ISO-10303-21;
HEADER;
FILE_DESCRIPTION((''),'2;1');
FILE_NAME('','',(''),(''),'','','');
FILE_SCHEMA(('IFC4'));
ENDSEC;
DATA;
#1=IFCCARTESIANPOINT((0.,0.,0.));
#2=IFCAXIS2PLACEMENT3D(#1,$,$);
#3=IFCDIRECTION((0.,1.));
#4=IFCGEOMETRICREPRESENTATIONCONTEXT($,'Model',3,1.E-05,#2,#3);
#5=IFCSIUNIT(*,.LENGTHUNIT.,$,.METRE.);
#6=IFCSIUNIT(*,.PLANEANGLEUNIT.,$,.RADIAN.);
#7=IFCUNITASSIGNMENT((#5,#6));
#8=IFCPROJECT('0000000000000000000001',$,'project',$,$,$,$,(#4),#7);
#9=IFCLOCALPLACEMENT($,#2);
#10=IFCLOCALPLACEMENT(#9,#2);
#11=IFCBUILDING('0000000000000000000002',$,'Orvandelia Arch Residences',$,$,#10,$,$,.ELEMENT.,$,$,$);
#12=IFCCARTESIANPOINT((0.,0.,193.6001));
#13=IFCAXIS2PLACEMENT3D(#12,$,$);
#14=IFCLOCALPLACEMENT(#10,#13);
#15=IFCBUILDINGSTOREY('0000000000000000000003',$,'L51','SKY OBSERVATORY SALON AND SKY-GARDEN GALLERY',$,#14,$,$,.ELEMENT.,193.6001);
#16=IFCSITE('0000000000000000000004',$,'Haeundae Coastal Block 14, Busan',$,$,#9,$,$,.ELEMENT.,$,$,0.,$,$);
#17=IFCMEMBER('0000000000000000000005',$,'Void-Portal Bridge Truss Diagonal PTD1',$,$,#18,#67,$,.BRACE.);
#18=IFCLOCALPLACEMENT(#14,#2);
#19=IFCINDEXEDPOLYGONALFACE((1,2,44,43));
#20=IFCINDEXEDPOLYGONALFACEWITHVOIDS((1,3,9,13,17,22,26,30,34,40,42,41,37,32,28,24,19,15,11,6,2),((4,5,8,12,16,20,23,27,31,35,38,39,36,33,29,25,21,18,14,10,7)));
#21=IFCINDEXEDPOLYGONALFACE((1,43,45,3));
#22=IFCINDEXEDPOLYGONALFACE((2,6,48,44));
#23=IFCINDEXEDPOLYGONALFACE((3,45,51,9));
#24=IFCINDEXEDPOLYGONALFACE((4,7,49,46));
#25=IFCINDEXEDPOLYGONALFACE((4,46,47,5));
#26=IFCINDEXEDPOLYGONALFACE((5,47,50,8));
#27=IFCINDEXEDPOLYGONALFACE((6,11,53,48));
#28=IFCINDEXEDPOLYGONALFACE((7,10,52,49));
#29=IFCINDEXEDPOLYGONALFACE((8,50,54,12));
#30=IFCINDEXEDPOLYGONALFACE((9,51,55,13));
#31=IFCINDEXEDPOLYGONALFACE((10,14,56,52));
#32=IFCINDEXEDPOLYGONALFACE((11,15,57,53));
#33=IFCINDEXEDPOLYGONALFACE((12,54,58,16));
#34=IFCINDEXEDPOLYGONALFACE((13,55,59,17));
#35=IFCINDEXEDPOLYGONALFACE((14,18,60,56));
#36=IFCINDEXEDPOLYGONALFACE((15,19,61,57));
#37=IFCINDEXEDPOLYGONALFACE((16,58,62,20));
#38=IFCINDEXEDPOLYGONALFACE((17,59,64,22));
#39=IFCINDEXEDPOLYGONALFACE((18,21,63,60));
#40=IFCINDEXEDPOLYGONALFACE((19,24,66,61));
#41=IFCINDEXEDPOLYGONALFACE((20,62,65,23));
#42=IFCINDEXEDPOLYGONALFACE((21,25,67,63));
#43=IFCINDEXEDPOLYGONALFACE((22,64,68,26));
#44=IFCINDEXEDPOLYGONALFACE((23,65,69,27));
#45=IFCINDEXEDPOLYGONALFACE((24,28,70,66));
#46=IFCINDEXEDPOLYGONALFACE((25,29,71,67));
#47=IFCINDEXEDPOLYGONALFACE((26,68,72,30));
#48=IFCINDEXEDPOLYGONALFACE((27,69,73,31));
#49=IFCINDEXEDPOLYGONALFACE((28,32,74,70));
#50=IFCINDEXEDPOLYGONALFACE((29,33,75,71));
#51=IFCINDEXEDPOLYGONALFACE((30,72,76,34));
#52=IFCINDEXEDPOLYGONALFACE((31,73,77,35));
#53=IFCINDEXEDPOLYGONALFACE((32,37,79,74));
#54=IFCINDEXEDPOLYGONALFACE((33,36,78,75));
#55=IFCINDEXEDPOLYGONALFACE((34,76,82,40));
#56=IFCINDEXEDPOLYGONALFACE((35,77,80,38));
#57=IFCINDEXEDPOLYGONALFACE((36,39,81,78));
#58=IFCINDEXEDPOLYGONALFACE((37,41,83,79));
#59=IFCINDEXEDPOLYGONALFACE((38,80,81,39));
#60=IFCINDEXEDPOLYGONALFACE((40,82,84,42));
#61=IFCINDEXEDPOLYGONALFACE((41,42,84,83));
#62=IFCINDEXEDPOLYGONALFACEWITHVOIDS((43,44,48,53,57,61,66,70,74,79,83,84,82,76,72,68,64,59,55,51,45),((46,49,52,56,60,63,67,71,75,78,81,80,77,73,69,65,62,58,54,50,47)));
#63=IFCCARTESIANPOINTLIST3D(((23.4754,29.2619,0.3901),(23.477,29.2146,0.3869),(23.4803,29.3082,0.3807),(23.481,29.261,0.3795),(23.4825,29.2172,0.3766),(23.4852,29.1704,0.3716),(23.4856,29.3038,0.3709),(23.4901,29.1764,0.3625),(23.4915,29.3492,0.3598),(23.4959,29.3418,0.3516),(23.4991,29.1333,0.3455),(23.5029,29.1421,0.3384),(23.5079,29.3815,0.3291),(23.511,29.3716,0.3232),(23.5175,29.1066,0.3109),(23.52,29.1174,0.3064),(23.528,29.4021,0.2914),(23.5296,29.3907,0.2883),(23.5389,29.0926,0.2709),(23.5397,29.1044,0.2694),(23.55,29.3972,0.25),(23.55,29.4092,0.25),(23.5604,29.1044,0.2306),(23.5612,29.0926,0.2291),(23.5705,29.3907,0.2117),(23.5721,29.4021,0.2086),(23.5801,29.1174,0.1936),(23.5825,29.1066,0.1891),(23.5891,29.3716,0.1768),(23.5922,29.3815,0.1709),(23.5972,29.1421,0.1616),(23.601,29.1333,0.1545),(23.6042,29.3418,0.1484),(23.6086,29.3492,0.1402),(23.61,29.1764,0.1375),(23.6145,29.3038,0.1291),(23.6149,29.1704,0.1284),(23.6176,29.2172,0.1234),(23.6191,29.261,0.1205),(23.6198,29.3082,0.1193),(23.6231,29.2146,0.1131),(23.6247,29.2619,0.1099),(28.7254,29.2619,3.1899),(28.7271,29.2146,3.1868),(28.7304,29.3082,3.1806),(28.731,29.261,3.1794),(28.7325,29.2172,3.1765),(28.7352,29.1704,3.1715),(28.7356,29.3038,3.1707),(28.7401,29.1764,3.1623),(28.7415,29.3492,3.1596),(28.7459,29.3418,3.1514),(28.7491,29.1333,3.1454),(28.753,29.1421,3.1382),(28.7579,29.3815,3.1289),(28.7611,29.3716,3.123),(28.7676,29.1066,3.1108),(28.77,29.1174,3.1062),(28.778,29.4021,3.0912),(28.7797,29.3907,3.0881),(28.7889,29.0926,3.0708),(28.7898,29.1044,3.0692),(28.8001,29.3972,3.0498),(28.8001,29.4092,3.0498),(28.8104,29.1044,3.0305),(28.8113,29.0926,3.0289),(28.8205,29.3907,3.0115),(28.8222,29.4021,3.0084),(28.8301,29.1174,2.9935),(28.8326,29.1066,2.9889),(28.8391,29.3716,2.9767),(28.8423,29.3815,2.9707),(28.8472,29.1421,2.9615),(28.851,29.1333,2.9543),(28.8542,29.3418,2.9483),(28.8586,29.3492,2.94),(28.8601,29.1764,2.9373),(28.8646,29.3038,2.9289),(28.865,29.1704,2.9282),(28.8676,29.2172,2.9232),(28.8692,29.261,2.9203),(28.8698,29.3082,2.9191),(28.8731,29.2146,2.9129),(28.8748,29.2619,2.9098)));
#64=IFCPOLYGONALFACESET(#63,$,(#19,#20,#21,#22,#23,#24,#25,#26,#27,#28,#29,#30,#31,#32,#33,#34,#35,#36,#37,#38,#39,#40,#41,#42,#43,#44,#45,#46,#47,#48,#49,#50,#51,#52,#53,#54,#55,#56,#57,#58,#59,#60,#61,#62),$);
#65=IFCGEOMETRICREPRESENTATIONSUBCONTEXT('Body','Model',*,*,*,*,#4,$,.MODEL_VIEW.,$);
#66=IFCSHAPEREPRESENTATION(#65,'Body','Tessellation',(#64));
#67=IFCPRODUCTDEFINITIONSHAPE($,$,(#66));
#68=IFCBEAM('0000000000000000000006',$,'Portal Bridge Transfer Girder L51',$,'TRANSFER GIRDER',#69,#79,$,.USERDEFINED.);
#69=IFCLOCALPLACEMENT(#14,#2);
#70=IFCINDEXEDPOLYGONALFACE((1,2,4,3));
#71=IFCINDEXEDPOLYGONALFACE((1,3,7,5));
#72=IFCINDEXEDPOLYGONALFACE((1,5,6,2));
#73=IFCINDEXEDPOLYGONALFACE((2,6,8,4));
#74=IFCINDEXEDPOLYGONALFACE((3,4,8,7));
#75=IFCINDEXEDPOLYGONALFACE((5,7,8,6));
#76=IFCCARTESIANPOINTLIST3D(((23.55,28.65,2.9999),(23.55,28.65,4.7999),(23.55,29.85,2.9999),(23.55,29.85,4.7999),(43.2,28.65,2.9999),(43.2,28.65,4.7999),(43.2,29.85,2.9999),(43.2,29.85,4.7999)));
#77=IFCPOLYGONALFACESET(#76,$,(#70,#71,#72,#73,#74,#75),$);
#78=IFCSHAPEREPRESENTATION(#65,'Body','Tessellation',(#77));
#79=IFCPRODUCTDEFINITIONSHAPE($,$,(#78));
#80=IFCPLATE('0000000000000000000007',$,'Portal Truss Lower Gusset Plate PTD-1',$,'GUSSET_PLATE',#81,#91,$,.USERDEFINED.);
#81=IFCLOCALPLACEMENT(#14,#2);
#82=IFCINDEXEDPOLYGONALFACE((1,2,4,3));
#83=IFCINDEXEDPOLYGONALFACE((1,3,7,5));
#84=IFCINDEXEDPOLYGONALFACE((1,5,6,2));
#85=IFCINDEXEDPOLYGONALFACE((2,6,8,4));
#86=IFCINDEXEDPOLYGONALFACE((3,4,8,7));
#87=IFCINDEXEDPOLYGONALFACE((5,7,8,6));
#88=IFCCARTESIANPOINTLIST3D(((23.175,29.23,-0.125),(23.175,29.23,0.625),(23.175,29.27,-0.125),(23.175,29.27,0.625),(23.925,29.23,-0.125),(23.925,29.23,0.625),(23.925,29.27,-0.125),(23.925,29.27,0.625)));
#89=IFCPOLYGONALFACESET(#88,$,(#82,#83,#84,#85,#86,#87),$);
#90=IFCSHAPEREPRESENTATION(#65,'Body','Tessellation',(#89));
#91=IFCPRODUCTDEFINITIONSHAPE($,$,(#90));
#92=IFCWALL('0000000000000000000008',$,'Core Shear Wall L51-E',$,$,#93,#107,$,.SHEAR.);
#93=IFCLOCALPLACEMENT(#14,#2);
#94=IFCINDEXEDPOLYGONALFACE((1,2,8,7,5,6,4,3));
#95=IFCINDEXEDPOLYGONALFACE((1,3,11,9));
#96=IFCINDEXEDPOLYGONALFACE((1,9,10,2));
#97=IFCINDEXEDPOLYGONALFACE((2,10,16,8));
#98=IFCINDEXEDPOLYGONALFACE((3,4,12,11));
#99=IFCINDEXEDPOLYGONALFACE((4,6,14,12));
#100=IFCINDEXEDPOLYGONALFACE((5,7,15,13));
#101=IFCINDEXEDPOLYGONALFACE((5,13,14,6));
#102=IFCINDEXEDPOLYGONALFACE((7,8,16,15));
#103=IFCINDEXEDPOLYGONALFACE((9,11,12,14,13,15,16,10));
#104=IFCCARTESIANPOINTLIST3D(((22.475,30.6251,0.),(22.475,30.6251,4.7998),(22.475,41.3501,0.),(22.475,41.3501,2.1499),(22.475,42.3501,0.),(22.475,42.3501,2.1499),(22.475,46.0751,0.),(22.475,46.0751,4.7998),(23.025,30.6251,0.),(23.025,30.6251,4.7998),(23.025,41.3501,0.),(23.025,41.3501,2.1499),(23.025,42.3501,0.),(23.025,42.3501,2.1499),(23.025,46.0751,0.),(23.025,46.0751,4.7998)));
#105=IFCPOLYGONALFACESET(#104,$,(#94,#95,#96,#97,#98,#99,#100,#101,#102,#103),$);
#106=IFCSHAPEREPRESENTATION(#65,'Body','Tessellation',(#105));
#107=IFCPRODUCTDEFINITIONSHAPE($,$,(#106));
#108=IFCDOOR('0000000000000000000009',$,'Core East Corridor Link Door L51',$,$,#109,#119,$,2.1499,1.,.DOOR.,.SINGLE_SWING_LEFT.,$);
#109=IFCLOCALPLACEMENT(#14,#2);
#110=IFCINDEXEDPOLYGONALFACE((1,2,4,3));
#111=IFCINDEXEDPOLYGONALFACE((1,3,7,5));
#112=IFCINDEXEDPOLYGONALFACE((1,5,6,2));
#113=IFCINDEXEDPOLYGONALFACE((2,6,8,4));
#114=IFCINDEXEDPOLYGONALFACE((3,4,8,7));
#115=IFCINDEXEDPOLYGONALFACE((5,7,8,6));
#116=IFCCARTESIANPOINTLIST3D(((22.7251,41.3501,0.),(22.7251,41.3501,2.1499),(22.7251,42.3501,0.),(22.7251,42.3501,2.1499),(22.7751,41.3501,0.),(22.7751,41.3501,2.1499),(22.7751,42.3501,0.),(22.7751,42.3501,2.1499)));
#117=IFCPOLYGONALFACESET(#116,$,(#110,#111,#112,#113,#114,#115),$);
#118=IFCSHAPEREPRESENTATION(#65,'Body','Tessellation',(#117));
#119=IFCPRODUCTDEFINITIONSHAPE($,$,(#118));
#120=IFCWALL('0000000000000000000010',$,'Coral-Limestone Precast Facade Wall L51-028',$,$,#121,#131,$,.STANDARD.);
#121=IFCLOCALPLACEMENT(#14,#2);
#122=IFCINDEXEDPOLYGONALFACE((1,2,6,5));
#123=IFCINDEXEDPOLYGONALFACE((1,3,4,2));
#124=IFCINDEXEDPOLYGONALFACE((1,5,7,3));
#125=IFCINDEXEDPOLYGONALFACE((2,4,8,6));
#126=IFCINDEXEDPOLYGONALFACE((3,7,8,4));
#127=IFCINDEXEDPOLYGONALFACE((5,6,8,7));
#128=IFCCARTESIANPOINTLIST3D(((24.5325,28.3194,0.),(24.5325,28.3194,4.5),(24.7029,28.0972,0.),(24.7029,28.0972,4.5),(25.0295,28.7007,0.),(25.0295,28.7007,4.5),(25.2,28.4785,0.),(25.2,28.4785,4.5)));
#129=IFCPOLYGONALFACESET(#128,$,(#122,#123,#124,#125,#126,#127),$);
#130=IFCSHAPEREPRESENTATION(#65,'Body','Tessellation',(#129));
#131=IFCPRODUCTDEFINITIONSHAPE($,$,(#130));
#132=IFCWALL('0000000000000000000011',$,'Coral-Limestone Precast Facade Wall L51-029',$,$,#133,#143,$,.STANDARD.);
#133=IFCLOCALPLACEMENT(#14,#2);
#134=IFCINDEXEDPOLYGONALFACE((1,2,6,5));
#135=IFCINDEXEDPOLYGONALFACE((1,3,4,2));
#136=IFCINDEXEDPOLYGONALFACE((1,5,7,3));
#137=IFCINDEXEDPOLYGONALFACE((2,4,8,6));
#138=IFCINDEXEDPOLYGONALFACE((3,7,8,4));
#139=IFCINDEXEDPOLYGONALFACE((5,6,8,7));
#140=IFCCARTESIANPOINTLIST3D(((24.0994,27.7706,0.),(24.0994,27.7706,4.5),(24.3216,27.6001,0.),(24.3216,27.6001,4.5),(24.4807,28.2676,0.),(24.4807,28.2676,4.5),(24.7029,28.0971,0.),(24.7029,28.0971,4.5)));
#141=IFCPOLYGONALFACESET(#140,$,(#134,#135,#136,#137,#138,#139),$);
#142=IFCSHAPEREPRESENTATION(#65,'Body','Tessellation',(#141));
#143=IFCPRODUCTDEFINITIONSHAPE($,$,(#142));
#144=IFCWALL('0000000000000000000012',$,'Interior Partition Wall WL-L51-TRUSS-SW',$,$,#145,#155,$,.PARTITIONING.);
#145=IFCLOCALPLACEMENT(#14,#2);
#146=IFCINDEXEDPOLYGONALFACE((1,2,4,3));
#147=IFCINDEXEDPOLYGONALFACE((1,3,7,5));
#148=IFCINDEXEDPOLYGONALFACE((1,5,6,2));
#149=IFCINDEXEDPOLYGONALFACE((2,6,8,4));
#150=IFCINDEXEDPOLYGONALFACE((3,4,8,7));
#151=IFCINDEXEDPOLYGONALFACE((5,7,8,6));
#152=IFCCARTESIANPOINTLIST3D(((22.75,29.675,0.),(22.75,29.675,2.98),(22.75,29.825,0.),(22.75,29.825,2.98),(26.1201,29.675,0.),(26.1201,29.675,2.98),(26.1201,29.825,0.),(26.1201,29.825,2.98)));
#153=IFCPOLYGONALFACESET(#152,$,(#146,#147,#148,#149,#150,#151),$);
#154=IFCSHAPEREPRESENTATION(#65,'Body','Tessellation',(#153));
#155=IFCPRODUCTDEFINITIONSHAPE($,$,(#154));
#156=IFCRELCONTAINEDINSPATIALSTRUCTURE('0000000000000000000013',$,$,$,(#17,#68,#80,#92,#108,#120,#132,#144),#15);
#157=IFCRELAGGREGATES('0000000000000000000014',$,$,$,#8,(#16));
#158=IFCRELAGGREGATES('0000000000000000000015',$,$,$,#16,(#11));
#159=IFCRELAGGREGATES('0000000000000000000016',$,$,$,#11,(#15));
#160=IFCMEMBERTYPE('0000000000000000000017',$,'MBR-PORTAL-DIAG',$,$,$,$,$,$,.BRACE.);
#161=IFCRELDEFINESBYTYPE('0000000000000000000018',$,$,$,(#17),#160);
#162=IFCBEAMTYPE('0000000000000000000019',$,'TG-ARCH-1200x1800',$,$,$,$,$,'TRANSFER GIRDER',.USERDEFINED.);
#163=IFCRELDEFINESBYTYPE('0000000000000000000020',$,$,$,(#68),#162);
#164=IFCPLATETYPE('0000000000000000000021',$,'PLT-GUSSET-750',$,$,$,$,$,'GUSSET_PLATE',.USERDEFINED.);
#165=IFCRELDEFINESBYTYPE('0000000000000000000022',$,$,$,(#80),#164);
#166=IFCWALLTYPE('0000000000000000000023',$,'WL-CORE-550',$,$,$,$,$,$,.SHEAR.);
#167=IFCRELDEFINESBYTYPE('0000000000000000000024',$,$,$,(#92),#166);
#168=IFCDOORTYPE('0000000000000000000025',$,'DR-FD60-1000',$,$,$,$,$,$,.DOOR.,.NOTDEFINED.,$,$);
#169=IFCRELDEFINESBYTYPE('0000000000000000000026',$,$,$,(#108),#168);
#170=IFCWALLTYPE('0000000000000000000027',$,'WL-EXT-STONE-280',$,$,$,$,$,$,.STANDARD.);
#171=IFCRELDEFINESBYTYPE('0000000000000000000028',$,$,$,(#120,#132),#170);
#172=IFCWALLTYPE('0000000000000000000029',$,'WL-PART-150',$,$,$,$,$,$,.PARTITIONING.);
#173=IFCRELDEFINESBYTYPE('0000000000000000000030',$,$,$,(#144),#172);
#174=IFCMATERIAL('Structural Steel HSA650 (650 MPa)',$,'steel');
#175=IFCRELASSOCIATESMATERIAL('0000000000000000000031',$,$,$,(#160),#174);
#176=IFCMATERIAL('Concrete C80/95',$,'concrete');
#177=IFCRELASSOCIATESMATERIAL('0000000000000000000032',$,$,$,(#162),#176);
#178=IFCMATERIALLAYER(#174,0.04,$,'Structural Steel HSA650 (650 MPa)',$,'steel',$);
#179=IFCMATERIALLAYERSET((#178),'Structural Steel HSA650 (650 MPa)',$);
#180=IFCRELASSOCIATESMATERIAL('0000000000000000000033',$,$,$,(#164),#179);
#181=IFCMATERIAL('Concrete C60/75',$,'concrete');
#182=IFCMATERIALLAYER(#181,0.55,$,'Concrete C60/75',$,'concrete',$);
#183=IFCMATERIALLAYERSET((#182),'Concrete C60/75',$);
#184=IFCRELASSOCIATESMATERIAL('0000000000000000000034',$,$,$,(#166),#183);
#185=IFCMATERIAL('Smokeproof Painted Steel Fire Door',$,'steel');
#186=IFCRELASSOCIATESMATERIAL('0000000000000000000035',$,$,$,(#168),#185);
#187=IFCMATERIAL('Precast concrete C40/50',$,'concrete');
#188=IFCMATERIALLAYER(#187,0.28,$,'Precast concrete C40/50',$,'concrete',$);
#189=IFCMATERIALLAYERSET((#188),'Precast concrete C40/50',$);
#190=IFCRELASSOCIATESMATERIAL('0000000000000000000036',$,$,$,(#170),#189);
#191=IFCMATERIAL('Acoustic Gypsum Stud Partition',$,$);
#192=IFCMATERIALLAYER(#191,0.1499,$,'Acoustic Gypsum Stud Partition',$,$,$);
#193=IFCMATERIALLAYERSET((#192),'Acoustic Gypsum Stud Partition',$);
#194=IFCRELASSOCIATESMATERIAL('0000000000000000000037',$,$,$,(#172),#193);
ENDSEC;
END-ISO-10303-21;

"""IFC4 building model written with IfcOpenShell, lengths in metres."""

from ifc_helpers import new_model, si_unit, direction, frame, frame_2d, origin, origin_2d, place, context, subcontext, project, spatial, rectangle, hollow_circle, extrude, material, layer, layer_set, material_profile, profile_set, type_object, element, fill, save


model = new_model("IFC4")

# Units and contexts
model_context = context("Model", 3, precision=1e-05, world=origin(), true_north=direction((0.0, 1.0)))
body_context = subcontext(model_context, "Body", "Model", "MODEL_VIEW")
ifc_project = project(units=[si_unit("LENGTHUNIT", "METRE"), si_unit("PLANEANGLEUNIT", "RADIAN")], contexts=[model_context])

# Site, building, storey
site_placement = place(None, origin())
site = spatial("IfcSite", under=ifc_project, at=site_placement, Name="Haeundae Coastal Block 14, Busan", CompositionType="ELEMENT", RefElevation=0.0)
building_placement = place(site_placement, origin())
building = spatial("IfcBuilding", under=site, at=building_placement, Name="Orvandelia Arch Residences", CompositionType="ELEMENT")
storey_placement = place(building_placement, frame((0.0, 0.0, 193.6001)))
storey = spatial("IfcBuildingStorey", under=building, at=storey_placement, Name="L51", Description="SKY OBSERVATORY SALON AND SKY-GARDEN GALLERY", CompositionType="ELEMENT", Elevation=193.6001)

# Shared definitions
ifc_material_1 = material(Name="Concrete C60/75", Category="concrete")

# Member
ifc_material_2 = material(Name="Structural Steel HSA650 (650 MPa)", Category="steel")
ifc_material_profile_1 = material_profile(ifc_material_2, hollow_circle(Radius=0.1592, WallThickness=0.012, at=origin_2d()), Name="Structural Steel HSA650 (650 MPa)", Category="steel")
ifc_profile_set_1 = profile_set([ifc_material_profile_1], Name="Structural Steel HSA650 (650 MPa)")
member_type = type_object("IfcMemberType", Name="MBR-PORTAL-DIAG", PredefinedType="BRACE", material=ifc_profile_set_1)
member_placement = place(storey_placement, frame((23.55, 29.25, 0.25), z_axis=(0.882367, 0.0, 0.470563), x_axis=(0.0, 1.0, 0.0)))
element("IfcMember", 1, at=member_placement, inside=storey, type_object=member_type, Name="Void-Portal Bridge Truss Diagonal PTD1", PredefinedType="BRACE", context=body_context, shape_type="SweptSolid", body=[
    extrude(hollow_circle(Radius=0.1592, WallThickness=0.012, at=origin_2d()), origin(), (0.0, 0.0, 1.0), 5.95),
])

# Beam
ifc_material_3 = material(Name="Concrete C80/95", Category="concrete")
ifc_material_profile_2 = material_profile(ifc_material_3, rectangle(XDim=1.2, YDim=1.8, at=origin_2d()), Name="Concrete C80/95", Category="concrete")
ifc_profile_set_2 = profile_set([ifc_material_profile_2], Name="Concrete C80/95")
beam_type_1 = type_object("IfcBeamType", Name="TG-ARCH-1200x1800", ElementType="TRANSFER GIRDER", PredefinedType="USERDEFINED", material=ifc_profile_set_2)
beam_1_placement = place(storey_placement, frame((23.55, 29.25, 3.8999), z_axis=(1.0, 0.0, 0.0), x_axis=(0.0, 1.0, 0.0)))
element("IfcBeam", 2, at=beam_1_placement, inside=storey, type_object=beam_type_1, Name="Portal Bridge Transfer Girder L51", ObjectType="TRANSFER GIRDER", PredefinedType="USERDEFINED", context=body_context, shape_type="SweptSolid", body=[
    extrude(rectangle(XDim=1.2, YDim=1.8, at=origin_2d()), origin(), (0.0, 0.0, 1.0), 19.6499),
])

# Plate
ifc_layer_1 = layer(ifc_material_2, 0.04, Name="Structural Steel HSA650 (650 MPa)", Category="steel")
ifc_layer_set_1 = layer_set([ifc_layer_1], Name="Structural Steel HSA650 (650 MPa)")
plate_type = type_object("IfcPlateType", Name="PLT-GUSSET-750", ElementType="GUSSET_PLATE", PredefinedType="USERDEFINED", material=ifc_layer_set_1)
plate_placement = place(storey_placement, frame((23.55, 29.25, -0.125), z_axis=(0.0, 0.0, 1.0), x_axis=(1.0, 0.0, 0.0)))
element("IfcPlate", 3, at=plate_placement, inside=storey, type_object=plate_type, Name="Portal Truss Lower Gusset Plate PTD-1", ObjectType="GUSSET_PLATE", PredefinedType="USERDEFINED", context=body_context, shape_type="SweptSolid", body=[
    extrude(rectangle(XDim=0.75, YDim=0.04, at=origin_2d()), origin(), (0.0, 0.0, 1.0), 0.75),
])

# Wall, opening, door
ifc_layer_2 = layer(ifc_material_1, 0.55, Name="Concrete C60/75", Category="concrete")
ifc_layer_set_2 = layer_set([ifc_layer_2], Name="Concrete C60/75")
wall_type_1 = type_object("IfcWallType", Name="WL-CORE-550", PredefinedType="SHEAR", material=ifc_layer_set_2)
wall_1_placement = place(storey_placement, frame((22.75, 30.625, 0.0), z_axis=(0.0, 0.0, 1.0), x_axis=(0.0, 1.0, 0.0)))
wall_1 = element("IfcWall", 4, at=wall_1_placement, inside=storey, type_object=wall_type_1, Name="Core Shear Wall L51-E", PredefinedType="SHEAR", context=body_context, shape_type="SweptSolid", body=[
    extrude(rectangle(XDim=15.45, YDim=0.55, at=frame_2d((7.7251, 0.0))), origin(), (0.0, 0.0, 1.0), 4.7998),
])
opening_placement = place(wall_1_placement, frame((10.7251, 0.0, 0.0)))
opening = element("IfcOpeningElement", 5, at=opening_placement, cuts=wall_1, PredefinedType="OPENING", context=body_context, shape_type="SweptSolid", body=[
    extrude(rectangle(XDim=1.0, YDim=2.1499, at=frame_2d((0.5, 1.075))), frame((0.0, 0.2852, 0.0), z_axis=(0.0, -1.0, 0.0), x_axis=(1.0, 0.0, 0.0)), (0.0, 0.0, 1.0), 0.5701),
])
ifc_material_4 = material(Name="Smokeproof Painted Steel Fire Door", Category="steel")
door_type = type_object("IfcDoorType", Name="DR-FD60-1000", OperationType="NOTDEFINED", PredefinedType="DOOR", material=ifc_material_4)
door_placement = place(opening_placement, origin())
door = element("IfcDoor", 6, at=door_placement, inside=storey, type_object=door_type, Name="Core East Corridor Link Door L51", OperationType="SINGLE_SWING_LEFT", OverallHeight=2.1499, OverallWidth=1.0, PredefinedType="DOOR", context=body_context, shape_type="SweptSolid", body=[
    extrude(rectangle(XDim=1.0, YDim=2.1499, at=frame_2d((0.5, 1.075))), frame((0.0, 0.0249, 0.0), z_axis=(0.0, -1.0, 0.0), x_axis=(1.0, 0.0, 0.0)), (0.0, 0.0, 1.0), 0.05),
])
fill(opening, door)

# Walls
ifc_material_5 = material(Name="Precast concrete C40/50", Category="concrete")
ifc_layer_3 = layer(ifc_material_5, 0.28, Name="Precast concrete C40/50", Category="concrete")
ifc_layer_set_3 = layer_set([ifc_layer_3], Name="Precast concrete C40/50")
wall_type_2 = type_object("IfcWallType", Name="WL-EXT-STONE-280", PredefinedType="STANDARD", material=ifc_layer_set_3)
for number, where, z_axis, x_axis, name in (
    (7, (25.1147, 28.5896, 0.0), (0.0, 0.0, 1.0), (-0.793406, -0.608693, 0.0), "Coral-Limestone Precast Facade Wall L51-028"),
    (8, (24.5918, 28.1824, 0.0), (0.0, 0.0, 1.0), (-0.608693, -0.793406, 0.0), "Coral-Limestone Precast Facade Wall L51-029"),
):
    element("IfcWall", number, at=place(storey_placement, frame(where, z_axis=z_axis, x_axis=x_axis)), inside=storey, type_object=wall_type_2, Name=name, PredefinedType="STANDARD", context=body_context, shape_type="SweptSolid", body=[
        extrude(rectangle(XDim=0.6265, YDim=0.28, at=frame_2d((0.3132, 0.0))), origin(), (0.0, 0.0, 1.0), 4.5),
    ])
ifc_material_6 = material(Name="Acoustic Gypsum Stud Partition")
ifc_layer_4 = layer(ifc_material_6, 0.1499, Name="Acoustic Gypsum Stud Partition")
ifc_layer_set_4 = layer_set([ifc_layer_4], Name="Acoustic Gypsum Stud Partition")
wall_type_3 = type_object("IfcWallType", Name="WL-PART-150", PredefinedType="PARTITIONING", material=ifc_layer_set_4)
wall_2_placement = place(storey_placement, frame((22.75, 29.75, 0.0), z_axis=(0.0, 0.0, 1.0), x_axis=(1.0, 0.0, 0.0)))
element("IfcWall", 9, at=wall_2_placement, inside=storey, type_object=wall_type_3, Name="Interior Partition Wall WL-L51-TRUSS-SW", PredefinedType="PARTITIONING", context=body_context, shape_type="SweptSolid", body=[
    extrude(rectangle(XDim=3.3701, YDim=0.1499, at=frame_2d((1.6851, 0.0))), origin(), (0.0, 0.0, 1.0), 2.98),
])

save(model, "model.ifc")
